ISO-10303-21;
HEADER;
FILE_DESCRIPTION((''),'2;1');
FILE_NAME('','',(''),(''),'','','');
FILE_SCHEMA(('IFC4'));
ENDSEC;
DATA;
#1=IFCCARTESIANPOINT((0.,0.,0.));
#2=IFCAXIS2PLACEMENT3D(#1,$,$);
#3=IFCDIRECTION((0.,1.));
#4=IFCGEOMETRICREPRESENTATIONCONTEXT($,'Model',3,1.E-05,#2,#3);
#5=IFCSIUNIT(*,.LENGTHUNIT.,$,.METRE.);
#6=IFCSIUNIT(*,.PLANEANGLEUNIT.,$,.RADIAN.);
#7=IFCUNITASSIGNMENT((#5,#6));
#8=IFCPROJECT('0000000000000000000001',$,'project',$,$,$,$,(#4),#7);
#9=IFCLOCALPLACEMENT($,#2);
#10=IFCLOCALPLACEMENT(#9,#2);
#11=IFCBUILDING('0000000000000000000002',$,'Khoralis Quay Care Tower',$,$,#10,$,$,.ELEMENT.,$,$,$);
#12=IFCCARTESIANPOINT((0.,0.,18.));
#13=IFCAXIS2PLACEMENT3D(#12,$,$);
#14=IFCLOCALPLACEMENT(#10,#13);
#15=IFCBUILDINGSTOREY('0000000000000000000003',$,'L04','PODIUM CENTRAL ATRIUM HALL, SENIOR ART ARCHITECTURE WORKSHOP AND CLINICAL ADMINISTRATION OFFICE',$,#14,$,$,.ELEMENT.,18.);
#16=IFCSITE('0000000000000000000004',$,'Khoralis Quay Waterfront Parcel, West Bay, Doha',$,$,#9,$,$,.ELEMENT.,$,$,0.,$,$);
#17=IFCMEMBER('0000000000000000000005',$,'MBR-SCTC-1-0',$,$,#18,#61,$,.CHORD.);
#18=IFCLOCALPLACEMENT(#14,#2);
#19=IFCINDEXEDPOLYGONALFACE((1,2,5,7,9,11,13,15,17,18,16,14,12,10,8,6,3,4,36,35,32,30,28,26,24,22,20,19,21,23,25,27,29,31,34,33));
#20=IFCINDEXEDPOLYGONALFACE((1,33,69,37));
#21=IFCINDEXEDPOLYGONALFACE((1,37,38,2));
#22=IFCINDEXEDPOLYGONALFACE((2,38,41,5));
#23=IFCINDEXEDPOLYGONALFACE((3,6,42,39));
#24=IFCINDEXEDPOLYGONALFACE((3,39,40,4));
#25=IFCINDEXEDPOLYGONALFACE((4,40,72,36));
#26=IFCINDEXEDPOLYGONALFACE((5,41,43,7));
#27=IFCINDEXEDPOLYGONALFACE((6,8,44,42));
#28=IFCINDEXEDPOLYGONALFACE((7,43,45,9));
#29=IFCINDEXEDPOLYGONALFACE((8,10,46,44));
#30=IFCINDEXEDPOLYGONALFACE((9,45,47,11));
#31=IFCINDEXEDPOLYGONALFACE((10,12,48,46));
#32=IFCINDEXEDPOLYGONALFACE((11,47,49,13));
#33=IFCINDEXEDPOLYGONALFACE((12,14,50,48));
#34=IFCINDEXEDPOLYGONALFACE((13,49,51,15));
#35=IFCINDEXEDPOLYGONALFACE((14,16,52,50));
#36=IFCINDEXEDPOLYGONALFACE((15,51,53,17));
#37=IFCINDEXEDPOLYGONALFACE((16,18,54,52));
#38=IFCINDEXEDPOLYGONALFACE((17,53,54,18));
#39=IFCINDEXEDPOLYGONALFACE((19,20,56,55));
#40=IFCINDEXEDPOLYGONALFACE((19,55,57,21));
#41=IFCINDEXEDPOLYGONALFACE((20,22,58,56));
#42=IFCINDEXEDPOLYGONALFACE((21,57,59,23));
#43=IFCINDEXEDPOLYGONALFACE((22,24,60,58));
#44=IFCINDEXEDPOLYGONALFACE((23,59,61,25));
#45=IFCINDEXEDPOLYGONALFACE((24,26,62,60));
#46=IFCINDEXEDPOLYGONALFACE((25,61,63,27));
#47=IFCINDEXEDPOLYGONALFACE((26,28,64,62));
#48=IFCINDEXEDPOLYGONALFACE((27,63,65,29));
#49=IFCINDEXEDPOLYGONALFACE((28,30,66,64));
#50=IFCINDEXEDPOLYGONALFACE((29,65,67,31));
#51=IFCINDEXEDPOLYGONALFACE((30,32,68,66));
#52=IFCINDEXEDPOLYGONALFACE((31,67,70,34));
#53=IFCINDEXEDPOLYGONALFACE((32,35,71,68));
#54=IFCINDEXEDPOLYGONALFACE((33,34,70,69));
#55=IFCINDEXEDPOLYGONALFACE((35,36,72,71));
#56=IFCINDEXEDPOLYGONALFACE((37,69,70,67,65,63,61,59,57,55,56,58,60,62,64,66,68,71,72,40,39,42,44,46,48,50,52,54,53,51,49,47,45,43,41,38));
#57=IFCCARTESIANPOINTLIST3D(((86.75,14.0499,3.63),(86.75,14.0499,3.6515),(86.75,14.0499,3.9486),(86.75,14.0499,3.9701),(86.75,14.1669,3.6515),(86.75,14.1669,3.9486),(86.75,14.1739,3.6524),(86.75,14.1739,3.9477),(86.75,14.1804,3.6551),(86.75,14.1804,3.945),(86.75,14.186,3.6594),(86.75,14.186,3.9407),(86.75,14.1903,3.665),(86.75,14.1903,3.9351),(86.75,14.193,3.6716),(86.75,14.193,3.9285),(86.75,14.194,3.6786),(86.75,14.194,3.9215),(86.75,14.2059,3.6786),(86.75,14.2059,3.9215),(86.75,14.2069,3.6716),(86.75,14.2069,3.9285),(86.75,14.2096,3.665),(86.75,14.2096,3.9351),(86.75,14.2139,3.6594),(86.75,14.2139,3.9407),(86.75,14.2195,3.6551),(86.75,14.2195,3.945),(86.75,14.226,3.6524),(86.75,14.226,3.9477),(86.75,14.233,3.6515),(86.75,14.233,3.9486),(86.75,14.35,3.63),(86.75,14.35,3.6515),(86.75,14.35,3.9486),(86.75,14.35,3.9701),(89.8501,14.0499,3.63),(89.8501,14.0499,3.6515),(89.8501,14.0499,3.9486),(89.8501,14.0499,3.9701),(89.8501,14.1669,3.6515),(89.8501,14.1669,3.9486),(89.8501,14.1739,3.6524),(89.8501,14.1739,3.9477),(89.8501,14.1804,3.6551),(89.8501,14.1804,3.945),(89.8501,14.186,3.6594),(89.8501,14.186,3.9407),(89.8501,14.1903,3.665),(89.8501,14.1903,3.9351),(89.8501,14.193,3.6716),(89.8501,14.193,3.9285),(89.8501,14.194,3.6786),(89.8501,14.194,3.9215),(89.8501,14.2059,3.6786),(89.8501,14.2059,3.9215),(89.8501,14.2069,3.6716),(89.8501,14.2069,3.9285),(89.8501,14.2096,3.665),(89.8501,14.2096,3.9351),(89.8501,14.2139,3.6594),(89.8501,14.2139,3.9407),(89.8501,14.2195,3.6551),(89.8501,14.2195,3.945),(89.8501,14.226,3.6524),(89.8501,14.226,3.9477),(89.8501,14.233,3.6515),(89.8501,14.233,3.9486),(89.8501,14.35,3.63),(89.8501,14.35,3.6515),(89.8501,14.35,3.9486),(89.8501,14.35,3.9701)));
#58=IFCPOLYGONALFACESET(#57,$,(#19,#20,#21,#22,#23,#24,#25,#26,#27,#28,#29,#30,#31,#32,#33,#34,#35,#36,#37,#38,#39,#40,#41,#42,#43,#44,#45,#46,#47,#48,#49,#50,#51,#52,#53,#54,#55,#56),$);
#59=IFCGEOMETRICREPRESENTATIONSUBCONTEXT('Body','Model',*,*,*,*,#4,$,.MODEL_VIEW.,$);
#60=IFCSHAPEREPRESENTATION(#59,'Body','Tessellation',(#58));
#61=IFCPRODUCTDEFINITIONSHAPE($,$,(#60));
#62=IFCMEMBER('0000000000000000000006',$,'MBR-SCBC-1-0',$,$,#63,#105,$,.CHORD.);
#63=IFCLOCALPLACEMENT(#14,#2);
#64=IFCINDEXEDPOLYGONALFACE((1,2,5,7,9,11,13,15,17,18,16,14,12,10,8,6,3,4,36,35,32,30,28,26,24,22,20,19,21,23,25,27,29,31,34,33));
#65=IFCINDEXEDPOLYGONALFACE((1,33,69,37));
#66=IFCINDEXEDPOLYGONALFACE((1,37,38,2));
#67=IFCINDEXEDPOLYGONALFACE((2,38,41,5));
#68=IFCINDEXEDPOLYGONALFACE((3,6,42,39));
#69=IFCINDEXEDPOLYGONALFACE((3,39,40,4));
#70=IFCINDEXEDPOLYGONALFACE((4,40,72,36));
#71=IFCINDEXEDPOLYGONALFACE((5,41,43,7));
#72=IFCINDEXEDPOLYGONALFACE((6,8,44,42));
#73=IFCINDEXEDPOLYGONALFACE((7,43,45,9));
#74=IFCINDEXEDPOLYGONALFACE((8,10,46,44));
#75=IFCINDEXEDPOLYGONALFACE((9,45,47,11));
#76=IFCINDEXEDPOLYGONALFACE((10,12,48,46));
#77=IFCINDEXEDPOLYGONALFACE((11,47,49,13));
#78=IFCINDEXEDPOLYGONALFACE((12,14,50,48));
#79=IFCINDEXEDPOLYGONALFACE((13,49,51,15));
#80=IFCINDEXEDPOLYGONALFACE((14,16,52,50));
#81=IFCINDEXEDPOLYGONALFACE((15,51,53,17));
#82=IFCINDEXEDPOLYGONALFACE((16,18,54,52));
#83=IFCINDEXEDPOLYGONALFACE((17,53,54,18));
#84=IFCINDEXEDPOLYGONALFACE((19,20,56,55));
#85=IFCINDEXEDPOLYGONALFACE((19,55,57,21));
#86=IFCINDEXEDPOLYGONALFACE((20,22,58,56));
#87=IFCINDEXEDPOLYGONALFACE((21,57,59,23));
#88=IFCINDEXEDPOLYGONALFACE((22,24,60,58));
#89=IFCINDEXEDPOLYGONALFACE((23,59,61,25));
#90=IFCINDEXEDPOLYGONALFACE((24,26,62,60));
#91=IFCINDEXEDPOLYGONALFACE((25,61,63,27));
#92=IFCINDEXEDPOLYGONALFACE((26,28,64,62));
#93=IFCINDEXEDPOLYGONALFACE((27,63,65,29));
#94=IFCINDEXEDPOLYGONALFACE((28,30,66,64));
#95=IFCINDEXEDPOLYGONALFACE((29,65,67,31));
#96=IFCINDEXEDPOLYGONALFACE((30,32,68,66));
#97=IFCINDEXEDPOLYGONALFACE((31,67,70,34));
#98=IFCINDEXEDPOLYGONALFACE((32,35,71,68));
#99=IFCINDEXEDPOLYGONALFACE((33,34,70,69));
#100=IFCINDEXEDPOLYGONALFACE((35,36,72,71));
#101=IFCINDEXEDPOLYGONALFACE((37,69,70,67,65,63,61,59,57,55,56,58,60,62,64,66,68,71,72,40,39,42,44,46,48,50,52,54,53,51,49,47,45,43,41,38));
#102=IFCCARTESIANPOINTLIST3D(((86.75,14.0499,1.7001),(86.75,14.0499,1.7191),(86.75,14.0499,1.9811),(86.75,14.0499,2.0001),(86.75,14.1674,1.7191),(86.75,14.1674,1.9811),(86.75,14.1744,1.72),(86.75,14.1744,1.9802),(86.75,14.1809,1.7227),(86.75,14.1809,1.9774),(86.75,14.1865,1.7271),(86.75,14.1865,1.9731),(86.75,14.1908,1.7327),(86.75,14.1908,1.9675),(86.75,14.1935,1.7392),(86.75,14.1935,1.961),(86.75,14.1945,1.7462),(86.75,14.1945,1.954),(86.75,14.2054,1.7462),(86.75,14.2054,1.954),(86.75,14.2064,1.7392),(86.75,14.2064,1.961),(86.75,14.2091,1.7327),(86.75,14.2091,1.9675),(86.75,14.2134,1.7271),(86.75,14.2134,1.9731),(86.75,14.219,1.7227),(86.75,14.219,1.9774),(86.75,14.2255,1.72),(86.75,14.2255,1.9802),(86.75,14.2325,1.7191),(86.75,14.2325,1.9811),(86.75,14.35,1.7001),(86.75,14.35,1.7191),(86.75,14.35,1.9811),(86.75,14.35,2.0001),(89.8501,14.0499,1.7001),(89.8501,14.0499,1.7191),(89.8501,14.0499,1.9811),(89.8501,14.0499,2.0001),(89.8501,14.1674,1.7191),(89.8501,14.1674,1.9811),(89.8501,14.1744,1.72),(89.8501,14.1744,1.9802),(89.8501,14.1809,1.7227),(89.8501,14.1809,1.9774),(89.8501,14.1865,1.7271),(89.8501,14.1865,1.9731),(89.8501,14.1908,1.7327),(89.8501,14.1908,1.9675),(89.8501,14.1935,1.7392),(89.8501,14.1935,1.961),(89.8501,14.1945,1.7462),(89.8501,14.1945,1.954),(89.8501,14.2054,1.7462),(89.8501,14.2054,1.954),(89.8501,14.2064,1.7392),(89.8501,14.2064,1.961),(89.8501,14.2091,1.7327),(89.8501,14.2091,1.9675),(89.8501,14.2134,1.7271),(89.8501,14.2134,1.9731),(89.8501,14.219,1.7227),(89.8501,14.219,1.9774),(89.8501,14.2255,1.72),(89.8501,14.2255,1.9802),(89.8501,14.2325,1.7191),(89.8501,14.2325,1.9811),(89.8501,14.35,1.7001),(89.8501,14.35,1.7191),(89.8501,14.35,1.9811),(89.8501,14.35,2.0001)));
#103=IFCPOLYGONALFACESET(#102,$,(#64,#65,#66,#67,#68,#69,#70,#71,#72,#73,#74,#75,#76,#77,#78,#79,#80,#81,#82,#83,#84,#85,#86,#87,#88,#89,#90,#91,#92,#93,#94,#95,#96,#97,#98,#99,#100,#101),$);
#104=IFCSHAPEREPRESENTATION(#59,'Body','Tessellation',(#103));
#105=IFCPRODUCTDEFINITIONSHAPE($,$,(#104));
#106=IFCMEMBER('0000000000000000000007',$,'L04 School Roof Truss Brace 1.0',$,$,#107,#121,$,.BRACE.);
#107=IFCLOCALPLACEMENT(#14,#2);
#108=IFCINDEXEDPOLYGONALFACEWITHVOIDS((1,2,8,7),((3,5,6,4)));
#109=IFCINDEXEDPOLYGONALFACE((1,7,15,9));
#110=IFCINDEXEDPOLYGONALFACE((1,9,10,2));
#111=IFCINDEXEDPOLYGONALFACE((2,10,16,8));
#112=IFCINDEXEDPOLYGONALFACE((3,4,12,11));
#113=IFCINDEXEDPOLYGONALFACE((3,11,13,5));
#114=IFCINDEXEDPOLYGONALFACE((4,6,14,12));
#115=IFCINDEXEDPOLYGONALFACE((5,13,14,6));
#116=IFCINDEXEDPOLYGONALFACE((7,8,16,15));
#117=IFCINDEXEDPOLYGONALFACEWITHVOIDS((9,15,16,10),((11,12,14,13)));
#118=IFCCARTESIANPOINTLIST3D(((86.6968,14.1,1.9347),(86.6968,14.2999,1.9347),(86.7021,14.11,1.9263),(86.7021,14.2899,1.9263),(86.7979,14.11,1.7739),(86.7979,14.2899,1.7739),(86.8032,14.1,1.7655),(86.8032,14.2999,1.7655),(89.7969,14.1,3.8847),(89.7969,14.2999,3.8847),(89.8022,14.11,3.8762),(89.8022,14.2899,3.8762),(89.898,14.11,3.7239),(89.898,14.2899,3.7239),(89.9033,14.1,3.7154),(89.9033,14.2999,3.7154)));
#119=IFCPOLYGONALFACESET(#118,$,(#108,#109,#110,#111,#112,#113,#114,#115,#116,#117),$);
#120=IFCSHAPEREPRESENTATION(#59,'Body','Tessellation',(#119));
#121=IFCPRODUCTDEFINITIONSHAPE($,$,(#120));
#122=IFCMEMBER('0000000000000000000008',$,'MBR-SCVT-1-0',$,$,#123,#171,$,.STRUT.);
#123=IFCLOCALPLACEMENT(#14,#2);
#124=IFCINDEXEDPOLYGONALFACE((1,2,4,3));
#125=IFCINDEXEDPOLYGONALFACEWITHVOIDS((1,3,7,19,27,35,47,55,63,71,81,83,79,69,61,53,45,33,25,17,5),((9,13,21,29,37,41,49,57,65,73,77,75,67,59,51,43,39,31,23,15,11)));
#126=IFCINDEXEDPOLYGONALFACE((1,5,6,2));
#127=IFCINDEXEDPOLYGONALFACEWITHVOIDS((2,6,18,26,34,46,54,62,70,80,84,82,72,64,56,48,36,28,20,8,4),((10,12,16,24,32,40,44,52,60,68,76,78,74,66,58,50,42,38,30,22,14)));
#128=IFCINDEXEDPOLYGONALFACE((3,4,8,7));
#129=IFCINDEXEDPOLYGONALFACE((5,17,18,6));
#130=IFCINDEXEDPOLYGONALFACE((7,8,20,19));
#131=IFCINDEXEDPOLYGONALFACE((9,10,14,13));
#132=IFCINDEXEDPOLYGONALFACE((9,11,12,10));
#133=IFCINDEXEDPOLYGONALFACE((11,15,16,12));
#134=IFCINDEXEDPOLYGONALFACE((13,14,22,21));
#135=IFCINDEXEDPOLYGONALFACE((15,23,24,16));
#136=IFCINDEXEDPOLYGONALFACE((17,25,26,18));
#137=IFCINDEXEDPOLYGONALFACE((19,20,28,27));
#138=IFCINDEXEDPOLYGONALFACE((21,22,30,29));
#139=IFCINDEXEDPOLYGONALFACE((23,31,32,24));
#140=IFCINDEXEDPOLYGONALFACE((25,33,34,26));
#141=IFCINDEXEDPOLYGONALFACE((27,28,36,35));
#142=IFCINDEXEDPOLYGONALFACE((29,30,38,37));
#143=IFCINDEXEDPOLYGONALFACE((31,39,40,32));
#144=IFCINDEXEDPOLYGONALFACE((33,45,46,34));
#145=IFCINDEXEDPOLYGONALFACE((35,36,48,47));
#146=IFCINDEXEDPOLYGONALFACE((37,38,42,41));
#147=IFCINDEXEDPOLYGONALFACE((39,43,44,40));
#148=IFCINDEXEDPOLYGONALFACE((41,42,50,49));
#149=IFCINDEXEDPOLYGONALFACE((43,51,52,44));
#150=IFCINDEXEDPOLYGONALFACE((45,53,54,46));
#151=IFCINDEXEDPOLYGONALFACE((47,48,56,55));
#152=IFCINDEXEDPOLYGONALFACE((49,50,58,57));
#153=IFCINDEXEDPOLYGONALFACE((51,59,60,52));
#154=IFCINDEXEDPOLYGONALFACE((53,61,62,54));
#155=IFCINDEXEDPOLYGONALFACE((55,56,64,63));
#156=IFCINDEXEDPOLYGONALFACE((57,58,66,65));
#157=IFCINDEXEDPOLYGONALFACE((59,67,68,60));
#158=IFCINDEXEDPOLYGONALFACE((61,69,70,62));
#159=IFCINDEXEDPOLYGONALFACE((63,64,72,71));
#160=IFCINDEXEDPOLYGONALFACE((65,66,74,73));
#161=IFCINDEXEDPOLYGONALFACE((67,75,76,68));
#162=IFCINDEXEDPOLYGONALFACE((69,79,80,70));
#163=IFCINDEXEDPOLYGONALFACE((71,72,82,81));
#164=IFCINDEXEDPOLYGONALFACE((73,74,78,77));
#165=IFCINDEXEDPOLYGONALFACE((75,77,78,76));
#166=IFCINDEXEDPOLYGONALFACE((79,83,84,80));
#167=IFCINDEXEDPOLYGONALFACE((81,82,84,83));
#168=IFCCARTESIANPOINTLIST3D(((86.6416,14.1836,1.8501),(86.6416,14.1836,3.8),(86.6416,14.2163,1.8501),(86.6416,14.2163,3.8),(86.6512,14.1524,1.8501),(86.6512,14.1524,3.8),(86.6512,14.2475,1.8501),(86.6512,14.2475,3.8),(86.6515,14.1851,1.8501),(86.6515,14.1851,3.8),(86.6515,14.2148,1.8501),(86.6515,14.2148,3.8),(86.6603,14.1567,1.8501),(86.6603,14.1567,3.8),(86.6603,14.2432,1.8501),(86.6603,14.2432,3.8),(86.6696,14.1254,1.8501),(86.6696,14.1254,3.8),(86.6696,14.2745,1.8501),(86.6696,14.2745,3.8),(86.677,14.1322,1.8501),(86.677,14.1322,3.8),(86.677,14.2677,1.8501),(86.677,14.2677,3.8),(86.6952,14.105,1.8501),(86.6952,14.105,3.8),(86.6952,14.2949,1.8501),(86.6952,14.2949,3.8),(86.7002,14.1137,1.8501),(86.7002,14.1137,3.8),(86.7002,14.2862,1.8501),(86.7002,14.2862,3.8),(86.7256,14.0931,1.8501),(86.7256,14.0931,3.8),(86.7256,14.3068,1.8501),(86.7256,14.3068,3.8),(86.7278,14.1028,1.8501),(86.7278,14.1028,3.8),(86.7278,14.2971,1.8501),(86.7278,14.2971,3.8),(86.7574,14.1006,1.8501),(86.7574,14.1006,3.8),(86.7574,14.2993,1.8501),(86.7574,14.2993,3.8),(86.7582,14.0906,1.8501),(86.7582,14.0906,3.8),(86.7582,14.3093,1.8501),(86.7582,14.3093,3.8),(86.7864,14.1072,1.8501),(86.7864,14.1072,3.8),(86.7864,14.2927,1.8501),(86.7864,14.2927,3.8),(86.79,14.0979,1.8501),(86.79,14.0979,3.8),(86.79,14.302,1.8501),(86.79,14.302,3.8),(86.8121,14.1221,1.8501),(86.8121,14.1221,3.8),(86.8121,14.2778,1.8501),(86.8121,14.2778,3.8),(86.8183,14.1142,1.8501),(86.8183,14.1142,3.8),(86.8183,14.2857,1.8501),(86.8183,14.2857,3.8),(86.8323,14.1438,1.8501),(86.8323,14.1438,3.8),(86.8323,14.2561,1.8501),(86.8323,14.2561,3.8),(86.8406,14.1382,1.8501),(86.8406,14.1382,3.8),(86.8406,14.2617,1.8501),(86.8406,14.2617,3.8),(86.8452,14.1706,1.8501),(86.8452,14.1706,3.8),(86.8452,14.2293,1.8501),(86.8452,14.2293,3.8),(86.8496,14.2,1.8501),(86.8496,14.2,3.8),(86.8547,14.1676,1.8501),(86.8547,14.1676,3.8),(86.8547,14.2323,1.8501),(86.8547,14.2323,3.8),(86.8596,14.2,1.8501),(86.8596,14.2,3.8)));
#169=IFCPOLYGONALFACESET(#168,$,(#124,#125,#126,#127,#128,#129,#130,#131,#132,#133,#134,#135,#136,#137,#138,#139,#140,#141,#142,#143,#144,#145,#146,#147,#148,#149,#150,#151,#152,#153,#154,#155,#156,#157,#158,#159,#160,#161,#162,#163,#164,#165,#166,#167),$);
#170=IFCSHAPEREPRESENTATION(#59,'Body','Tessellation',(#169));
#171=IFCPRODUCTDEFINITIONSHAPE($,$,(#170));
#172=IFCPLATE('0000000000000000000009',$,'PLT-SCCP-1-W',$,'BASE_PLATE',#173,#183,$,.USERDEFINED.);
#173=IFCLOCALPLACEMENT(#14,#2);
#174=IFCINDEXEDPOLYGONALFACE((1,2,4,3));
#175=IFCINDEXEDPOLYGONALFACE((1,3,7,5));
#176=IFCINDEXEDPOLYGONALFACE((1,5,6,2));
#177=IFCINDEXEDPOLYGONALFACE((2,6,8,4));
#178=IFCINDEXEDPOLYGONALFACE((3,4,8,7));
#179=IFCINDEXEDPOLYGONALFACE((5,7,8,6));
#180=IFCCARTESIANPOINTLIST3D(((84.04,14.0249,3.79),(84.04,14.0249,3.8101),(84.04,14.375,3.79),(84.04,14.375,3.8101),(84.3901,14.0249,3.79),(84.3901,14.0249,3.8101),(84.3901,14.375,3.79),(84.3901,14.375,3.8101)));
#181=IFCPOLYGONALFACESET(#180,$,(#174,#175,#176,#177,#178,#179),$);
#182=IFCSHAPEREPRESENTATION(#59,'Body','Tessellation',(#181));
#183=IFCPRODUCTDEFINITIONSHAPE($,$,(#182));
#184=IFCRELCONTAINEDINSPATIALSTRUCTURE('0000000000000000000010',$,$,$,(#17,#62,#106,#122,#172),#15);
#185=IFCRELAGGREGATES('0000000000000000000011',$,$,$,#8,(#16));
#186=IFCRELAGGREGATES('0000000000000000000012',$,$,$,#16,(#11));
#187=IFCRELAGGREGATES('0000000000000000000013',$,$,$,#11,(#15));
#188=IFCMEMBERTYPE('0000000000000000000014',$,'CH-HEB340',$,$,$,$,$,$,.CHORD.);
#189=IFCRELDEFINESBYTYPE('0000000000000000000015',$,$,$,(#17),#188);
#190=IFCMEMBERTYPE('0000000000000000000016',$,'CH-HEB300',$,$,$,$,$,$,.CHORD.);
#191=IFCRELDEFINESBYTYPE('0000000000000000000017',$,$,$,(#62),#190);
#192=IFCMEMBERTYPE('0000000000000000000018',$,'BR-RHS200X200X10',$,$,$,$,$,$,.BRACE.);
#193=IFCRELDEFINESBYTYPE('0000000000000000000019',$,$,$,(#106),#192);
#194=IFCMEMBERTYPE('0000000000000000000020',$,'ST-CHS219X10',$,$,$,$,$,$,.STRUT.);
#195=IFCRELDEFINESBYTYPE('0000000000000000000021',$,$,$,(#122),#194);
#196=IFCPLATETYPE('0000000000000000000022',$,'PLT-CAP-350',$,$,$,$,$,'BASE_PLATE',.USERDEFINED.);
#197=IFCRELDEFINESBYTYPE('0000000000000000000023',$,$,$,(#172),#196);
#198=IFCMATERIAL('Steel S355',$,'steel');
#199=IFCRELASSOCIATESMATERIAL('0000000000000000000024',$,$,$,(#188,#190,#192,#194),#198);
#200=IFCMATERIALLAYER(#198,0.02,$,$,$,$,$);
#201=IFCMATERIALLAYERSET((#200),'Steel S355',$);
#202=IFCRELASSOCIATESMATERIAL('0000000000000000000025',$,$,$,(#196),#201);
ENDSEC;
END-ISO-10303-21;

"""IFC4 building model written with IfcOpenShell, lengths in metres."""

from ifc_helpers import new_model, si_unit, direction, frame, origin, origin_2d, place, context, subcontext, project, spatial, rectangle, hollow_rectangle, hollow_circle, i_section, extrude, source, transform, mapped, material, layer, layer_set, material_profile, profile_set, type_object, element, save


model = new_model("IFC4")

# Units and contexts
model_context = context("Model", 3, precision=1e-05, world=origin(), true_north=direction((0.0, 1.0)))
body_context = subcontext(model_context, "Body", "Model", "MODEL_VIEW")
ifc_project = project(units=[si_unit("LENGTHUNIT", "METRE"), si_unit("PLANEANGLEUNIT", "RADIAN")], contexts=[model_context])

# Site, building, storey
site_placement = place(None, origin())
site = spatial("IfcSite", under=ifc_project, at=site_placement, Name="Khoralis Quay Waterfront Parcel, West Bay, Doha", CompositionType="ELEMENT", RefElevation=0.0)
building_placement = place(site_placement, origin())
building = spatial("IfcBuilding", under=site, at=building_placement, Name="Khoralis Quay Care Tower", CompositionType="ELEMENT")
storey_placement = place(building_placement, frame((0.0, 0.0, 18.0)))
storey = spatial("IfcBuildingStorey", under=building, at=storey_placement, Name="L04", Description="PODIUM CENTRAL ATRIUM HALL, SENIOR ART ARCHITECTURE WORKSHOP AND CLINICAL ADMINISTRATION OFFICE", CompositionType="ELEMENT", Elevation=18.0)

# Members
ifc_material_1 = material(Name="Steel S355", Category="steel")
ifc_material_profile_1 = material_profile(ifc_material_1, i_section(OverallWidth=0.3, OverallDepth=0.3401, WebThickness=0.012, FlangeThickness=0.0215, FilletRadius=0.0271, at=origin_2d()), Name="Steel S355")
ifc_profile_set_1 = profile_set([ifc_material_profile_1], Name="Steel S355")
member_type_1 = type_object("IfcMemberType", Name="CH-HEB340", PredefinedType="CHORD", material=ifc_profile_set_1)
shared_shape_1 = source(origin(), body_context, "Body", "SweptSolid", [
    extrude(i_section(OverallWidth=0.3, OverallDepth=0.3401, WebThickness=0.012, FlangeThickness=0.0215, FilletRadius=0.0271, at=origin_2d()), origin(), (0.0, 0.0, 1.0), 3.1001),
])
member_1_placement = place(storey_placement, frame((86.75, 14.2, 3.8), z_axis=(1.0, 0.0, 0.0), x_axis=(0.0, 1.0, 0.0)))
element("IfcMember", 1, at=member_1_placement, inside=storey, type_object=member_type_1, Name="MBR-SCTC-1-0", PredefinedType="CHORD", context=body_context, shape_type="MappedRepresentation", body=[
    mapped(shared_shape_1, transform((0.0, 0.0, 0.0), scale=1.0)),
])
ifc_material_profile_2 = material_profile(ifc_material_1, i_section(OverallWidth=0.3, OverallDepth=0.3, WebThickness=0.011, FlangeThickness=0.019, FilletRadius=0.0271, at=origin_2d()), Name="Steel S355")
ifc_profile_set_2 = profile_set([ifc_material_profile_2], Name="Steel S355")
member_type_2 = type_object("IfcMemberType", Name="CH-HEB300", PredefinedType="CHORD", material=ifc_profile_set_2)
shared_shape_2 = source(origin(), body_context, "Body", "SweptSolid", [
    extrude(i_section(OverallWidth=0.3, OverallDepth=0.3, WebThickness=0.011, FlangeThickness=0.019, FilletRadius=0.0271, at=origin_2d()), origin(), (0.0, 0.0, 1.0), 3.1001),
])
member_2_placement = place(storey_placement, frame((86.75, 14.2, 1.8501), z_axis=(1.0, 0.0, 0.0), x_axis=(0.0, 1.0, 0.0)))
element("IfcMember", 2, at=member_2_placement, inside=storey, type_object=member_type_2, Name="MBR-SCBC-1-0", PredefinedType="CHORD", context=body_context, shape_type="MappedRepresentation", body=[
    mapped(shared_shape_2, transform((0.0, 0.0, 0.0), scale=1.0)),
])
ifc_material_profile_3 = material_profile(ifc_material_1, hollow_rectangle(XDim=0.2, YDim=0.2, WallThickness=0.01, at=origin_2d()), Name="Steel S355")
ifc_profile_set_3 = profile_set([ifc_material_profile_3], Name="Steel S355")
member_type_3 = type_object("IfcMemberType", Name="BR-RHS200X200X10", PredefinedType="BRACE", material=ifc_profile_set_3)
shared_shape_3 = source(origin(), body_context, "Body", "SweptSolid", [
    extrude(hollow_rectangle(XDim=0.2, YDim=0.2, WallThickness=0.01, at=origin_2d()), origin(), (0.0, 0.0, 1.0), 3.6624),
])
member_3_placement = place(storey_placement, frame((86.75, 14.2, 1.8501), z_axis=(0.846474, 0.0, 0.53243), x_axis=(0.0, 1.0, 0.0)))
element("IfcMember", 3, at=member_3_placement, inside=storey, type_object=member_type_3, Name="L04 School Roof Truss Brace 1.0", PredefinedType="BRACE", context=body_context, shape_type="MappedRepresentation", body=[
    mapped(shared_shape_3, transform((0.0, 0.0, 0.0), scale=1.0)),
])
ifc_material_profile_4 = material_profile(ifc_material_1, hollow_circle(Radius=0.1096, WallThickness=0.01, at=origin_2d()), Name="Steel S355")
ifc_profile_set_4 = profile_set([ifc_material_profile_4], Name="Steel S355")
member_type_4 = type_object("IfcMemberType", Name="ST-CHS219X10", PredefinedType="STRUT", material=ifc_profile_set_4)
shared_shape_4 = source(origin(), body_context, "Body", "SweptSolid", [
    extrude(hollow_circle(Radius=0.1096, WallThickness=0.01, at=origin_2d()), origin(), (0.0, 0.0, 1.0), 1.95),
])
member_4_placement = place(storey_placement, frame((86.75, 14.2, 1.8501), z_axis=(0.0, 0.0, 1.0), x_axis=(1.0, 0.0, 0.0)))
element("IfcMember", 4, at=member_4_placement, inside=storey, type_object=member_type_4, Name="MBR-SCVT-1-0", PredefinedType="STRUT", context=body_context, shape_type="MappedRepresentation", body=[
    mapped(shared_shape_4, transform((0.0, 0.0, 0.0), scale=1.0)),
])

# Plate
ifc_layer_1 = layer(ifc_material_1, 0.02)
ifc_layer_set_1 = layer_set([ifc_layer_1], Name="Steel S355")
plate_type = type_object("IfcPlateType", Name="PLT-CAP-350", ElementType="BASE_PLATE", PredefinedType="USERDEFINED", material=ifc_layer_set_1)
shared_shape_5 = source(origin(), body_context, "Body", "SweptSolid", [
    extrude(rectangle(XDim=0.3501, YDim=0.3501, at=origin_2d()), origin(), (0.0, 0.0, 1.0), 0.02),
])
for number, where, z_axis, x_axis, name in (
    (5, (84.2151, 14.2, 3.79), (0.0, 0.0, 1.0), (1.0, 0.0, 0.0), "PLT-SCCP-1-W"),
):
    element("IfcPlate", number, at=place(storey_placement, frame(where, z_axis=z_axis, x_axis=x_axis)), inside=storey, type_object=plate_type, Name=name, ObjectType="BASE_PLATE", PredefinedType="USERDEFINED", context=body_context, shape_type="MappedRepresentation", body=[
        mapped(shared_shape_5, transform((0.0, 0.0, 0.0), scale=1.0)),
    ])

save(model, "model.ifc")
